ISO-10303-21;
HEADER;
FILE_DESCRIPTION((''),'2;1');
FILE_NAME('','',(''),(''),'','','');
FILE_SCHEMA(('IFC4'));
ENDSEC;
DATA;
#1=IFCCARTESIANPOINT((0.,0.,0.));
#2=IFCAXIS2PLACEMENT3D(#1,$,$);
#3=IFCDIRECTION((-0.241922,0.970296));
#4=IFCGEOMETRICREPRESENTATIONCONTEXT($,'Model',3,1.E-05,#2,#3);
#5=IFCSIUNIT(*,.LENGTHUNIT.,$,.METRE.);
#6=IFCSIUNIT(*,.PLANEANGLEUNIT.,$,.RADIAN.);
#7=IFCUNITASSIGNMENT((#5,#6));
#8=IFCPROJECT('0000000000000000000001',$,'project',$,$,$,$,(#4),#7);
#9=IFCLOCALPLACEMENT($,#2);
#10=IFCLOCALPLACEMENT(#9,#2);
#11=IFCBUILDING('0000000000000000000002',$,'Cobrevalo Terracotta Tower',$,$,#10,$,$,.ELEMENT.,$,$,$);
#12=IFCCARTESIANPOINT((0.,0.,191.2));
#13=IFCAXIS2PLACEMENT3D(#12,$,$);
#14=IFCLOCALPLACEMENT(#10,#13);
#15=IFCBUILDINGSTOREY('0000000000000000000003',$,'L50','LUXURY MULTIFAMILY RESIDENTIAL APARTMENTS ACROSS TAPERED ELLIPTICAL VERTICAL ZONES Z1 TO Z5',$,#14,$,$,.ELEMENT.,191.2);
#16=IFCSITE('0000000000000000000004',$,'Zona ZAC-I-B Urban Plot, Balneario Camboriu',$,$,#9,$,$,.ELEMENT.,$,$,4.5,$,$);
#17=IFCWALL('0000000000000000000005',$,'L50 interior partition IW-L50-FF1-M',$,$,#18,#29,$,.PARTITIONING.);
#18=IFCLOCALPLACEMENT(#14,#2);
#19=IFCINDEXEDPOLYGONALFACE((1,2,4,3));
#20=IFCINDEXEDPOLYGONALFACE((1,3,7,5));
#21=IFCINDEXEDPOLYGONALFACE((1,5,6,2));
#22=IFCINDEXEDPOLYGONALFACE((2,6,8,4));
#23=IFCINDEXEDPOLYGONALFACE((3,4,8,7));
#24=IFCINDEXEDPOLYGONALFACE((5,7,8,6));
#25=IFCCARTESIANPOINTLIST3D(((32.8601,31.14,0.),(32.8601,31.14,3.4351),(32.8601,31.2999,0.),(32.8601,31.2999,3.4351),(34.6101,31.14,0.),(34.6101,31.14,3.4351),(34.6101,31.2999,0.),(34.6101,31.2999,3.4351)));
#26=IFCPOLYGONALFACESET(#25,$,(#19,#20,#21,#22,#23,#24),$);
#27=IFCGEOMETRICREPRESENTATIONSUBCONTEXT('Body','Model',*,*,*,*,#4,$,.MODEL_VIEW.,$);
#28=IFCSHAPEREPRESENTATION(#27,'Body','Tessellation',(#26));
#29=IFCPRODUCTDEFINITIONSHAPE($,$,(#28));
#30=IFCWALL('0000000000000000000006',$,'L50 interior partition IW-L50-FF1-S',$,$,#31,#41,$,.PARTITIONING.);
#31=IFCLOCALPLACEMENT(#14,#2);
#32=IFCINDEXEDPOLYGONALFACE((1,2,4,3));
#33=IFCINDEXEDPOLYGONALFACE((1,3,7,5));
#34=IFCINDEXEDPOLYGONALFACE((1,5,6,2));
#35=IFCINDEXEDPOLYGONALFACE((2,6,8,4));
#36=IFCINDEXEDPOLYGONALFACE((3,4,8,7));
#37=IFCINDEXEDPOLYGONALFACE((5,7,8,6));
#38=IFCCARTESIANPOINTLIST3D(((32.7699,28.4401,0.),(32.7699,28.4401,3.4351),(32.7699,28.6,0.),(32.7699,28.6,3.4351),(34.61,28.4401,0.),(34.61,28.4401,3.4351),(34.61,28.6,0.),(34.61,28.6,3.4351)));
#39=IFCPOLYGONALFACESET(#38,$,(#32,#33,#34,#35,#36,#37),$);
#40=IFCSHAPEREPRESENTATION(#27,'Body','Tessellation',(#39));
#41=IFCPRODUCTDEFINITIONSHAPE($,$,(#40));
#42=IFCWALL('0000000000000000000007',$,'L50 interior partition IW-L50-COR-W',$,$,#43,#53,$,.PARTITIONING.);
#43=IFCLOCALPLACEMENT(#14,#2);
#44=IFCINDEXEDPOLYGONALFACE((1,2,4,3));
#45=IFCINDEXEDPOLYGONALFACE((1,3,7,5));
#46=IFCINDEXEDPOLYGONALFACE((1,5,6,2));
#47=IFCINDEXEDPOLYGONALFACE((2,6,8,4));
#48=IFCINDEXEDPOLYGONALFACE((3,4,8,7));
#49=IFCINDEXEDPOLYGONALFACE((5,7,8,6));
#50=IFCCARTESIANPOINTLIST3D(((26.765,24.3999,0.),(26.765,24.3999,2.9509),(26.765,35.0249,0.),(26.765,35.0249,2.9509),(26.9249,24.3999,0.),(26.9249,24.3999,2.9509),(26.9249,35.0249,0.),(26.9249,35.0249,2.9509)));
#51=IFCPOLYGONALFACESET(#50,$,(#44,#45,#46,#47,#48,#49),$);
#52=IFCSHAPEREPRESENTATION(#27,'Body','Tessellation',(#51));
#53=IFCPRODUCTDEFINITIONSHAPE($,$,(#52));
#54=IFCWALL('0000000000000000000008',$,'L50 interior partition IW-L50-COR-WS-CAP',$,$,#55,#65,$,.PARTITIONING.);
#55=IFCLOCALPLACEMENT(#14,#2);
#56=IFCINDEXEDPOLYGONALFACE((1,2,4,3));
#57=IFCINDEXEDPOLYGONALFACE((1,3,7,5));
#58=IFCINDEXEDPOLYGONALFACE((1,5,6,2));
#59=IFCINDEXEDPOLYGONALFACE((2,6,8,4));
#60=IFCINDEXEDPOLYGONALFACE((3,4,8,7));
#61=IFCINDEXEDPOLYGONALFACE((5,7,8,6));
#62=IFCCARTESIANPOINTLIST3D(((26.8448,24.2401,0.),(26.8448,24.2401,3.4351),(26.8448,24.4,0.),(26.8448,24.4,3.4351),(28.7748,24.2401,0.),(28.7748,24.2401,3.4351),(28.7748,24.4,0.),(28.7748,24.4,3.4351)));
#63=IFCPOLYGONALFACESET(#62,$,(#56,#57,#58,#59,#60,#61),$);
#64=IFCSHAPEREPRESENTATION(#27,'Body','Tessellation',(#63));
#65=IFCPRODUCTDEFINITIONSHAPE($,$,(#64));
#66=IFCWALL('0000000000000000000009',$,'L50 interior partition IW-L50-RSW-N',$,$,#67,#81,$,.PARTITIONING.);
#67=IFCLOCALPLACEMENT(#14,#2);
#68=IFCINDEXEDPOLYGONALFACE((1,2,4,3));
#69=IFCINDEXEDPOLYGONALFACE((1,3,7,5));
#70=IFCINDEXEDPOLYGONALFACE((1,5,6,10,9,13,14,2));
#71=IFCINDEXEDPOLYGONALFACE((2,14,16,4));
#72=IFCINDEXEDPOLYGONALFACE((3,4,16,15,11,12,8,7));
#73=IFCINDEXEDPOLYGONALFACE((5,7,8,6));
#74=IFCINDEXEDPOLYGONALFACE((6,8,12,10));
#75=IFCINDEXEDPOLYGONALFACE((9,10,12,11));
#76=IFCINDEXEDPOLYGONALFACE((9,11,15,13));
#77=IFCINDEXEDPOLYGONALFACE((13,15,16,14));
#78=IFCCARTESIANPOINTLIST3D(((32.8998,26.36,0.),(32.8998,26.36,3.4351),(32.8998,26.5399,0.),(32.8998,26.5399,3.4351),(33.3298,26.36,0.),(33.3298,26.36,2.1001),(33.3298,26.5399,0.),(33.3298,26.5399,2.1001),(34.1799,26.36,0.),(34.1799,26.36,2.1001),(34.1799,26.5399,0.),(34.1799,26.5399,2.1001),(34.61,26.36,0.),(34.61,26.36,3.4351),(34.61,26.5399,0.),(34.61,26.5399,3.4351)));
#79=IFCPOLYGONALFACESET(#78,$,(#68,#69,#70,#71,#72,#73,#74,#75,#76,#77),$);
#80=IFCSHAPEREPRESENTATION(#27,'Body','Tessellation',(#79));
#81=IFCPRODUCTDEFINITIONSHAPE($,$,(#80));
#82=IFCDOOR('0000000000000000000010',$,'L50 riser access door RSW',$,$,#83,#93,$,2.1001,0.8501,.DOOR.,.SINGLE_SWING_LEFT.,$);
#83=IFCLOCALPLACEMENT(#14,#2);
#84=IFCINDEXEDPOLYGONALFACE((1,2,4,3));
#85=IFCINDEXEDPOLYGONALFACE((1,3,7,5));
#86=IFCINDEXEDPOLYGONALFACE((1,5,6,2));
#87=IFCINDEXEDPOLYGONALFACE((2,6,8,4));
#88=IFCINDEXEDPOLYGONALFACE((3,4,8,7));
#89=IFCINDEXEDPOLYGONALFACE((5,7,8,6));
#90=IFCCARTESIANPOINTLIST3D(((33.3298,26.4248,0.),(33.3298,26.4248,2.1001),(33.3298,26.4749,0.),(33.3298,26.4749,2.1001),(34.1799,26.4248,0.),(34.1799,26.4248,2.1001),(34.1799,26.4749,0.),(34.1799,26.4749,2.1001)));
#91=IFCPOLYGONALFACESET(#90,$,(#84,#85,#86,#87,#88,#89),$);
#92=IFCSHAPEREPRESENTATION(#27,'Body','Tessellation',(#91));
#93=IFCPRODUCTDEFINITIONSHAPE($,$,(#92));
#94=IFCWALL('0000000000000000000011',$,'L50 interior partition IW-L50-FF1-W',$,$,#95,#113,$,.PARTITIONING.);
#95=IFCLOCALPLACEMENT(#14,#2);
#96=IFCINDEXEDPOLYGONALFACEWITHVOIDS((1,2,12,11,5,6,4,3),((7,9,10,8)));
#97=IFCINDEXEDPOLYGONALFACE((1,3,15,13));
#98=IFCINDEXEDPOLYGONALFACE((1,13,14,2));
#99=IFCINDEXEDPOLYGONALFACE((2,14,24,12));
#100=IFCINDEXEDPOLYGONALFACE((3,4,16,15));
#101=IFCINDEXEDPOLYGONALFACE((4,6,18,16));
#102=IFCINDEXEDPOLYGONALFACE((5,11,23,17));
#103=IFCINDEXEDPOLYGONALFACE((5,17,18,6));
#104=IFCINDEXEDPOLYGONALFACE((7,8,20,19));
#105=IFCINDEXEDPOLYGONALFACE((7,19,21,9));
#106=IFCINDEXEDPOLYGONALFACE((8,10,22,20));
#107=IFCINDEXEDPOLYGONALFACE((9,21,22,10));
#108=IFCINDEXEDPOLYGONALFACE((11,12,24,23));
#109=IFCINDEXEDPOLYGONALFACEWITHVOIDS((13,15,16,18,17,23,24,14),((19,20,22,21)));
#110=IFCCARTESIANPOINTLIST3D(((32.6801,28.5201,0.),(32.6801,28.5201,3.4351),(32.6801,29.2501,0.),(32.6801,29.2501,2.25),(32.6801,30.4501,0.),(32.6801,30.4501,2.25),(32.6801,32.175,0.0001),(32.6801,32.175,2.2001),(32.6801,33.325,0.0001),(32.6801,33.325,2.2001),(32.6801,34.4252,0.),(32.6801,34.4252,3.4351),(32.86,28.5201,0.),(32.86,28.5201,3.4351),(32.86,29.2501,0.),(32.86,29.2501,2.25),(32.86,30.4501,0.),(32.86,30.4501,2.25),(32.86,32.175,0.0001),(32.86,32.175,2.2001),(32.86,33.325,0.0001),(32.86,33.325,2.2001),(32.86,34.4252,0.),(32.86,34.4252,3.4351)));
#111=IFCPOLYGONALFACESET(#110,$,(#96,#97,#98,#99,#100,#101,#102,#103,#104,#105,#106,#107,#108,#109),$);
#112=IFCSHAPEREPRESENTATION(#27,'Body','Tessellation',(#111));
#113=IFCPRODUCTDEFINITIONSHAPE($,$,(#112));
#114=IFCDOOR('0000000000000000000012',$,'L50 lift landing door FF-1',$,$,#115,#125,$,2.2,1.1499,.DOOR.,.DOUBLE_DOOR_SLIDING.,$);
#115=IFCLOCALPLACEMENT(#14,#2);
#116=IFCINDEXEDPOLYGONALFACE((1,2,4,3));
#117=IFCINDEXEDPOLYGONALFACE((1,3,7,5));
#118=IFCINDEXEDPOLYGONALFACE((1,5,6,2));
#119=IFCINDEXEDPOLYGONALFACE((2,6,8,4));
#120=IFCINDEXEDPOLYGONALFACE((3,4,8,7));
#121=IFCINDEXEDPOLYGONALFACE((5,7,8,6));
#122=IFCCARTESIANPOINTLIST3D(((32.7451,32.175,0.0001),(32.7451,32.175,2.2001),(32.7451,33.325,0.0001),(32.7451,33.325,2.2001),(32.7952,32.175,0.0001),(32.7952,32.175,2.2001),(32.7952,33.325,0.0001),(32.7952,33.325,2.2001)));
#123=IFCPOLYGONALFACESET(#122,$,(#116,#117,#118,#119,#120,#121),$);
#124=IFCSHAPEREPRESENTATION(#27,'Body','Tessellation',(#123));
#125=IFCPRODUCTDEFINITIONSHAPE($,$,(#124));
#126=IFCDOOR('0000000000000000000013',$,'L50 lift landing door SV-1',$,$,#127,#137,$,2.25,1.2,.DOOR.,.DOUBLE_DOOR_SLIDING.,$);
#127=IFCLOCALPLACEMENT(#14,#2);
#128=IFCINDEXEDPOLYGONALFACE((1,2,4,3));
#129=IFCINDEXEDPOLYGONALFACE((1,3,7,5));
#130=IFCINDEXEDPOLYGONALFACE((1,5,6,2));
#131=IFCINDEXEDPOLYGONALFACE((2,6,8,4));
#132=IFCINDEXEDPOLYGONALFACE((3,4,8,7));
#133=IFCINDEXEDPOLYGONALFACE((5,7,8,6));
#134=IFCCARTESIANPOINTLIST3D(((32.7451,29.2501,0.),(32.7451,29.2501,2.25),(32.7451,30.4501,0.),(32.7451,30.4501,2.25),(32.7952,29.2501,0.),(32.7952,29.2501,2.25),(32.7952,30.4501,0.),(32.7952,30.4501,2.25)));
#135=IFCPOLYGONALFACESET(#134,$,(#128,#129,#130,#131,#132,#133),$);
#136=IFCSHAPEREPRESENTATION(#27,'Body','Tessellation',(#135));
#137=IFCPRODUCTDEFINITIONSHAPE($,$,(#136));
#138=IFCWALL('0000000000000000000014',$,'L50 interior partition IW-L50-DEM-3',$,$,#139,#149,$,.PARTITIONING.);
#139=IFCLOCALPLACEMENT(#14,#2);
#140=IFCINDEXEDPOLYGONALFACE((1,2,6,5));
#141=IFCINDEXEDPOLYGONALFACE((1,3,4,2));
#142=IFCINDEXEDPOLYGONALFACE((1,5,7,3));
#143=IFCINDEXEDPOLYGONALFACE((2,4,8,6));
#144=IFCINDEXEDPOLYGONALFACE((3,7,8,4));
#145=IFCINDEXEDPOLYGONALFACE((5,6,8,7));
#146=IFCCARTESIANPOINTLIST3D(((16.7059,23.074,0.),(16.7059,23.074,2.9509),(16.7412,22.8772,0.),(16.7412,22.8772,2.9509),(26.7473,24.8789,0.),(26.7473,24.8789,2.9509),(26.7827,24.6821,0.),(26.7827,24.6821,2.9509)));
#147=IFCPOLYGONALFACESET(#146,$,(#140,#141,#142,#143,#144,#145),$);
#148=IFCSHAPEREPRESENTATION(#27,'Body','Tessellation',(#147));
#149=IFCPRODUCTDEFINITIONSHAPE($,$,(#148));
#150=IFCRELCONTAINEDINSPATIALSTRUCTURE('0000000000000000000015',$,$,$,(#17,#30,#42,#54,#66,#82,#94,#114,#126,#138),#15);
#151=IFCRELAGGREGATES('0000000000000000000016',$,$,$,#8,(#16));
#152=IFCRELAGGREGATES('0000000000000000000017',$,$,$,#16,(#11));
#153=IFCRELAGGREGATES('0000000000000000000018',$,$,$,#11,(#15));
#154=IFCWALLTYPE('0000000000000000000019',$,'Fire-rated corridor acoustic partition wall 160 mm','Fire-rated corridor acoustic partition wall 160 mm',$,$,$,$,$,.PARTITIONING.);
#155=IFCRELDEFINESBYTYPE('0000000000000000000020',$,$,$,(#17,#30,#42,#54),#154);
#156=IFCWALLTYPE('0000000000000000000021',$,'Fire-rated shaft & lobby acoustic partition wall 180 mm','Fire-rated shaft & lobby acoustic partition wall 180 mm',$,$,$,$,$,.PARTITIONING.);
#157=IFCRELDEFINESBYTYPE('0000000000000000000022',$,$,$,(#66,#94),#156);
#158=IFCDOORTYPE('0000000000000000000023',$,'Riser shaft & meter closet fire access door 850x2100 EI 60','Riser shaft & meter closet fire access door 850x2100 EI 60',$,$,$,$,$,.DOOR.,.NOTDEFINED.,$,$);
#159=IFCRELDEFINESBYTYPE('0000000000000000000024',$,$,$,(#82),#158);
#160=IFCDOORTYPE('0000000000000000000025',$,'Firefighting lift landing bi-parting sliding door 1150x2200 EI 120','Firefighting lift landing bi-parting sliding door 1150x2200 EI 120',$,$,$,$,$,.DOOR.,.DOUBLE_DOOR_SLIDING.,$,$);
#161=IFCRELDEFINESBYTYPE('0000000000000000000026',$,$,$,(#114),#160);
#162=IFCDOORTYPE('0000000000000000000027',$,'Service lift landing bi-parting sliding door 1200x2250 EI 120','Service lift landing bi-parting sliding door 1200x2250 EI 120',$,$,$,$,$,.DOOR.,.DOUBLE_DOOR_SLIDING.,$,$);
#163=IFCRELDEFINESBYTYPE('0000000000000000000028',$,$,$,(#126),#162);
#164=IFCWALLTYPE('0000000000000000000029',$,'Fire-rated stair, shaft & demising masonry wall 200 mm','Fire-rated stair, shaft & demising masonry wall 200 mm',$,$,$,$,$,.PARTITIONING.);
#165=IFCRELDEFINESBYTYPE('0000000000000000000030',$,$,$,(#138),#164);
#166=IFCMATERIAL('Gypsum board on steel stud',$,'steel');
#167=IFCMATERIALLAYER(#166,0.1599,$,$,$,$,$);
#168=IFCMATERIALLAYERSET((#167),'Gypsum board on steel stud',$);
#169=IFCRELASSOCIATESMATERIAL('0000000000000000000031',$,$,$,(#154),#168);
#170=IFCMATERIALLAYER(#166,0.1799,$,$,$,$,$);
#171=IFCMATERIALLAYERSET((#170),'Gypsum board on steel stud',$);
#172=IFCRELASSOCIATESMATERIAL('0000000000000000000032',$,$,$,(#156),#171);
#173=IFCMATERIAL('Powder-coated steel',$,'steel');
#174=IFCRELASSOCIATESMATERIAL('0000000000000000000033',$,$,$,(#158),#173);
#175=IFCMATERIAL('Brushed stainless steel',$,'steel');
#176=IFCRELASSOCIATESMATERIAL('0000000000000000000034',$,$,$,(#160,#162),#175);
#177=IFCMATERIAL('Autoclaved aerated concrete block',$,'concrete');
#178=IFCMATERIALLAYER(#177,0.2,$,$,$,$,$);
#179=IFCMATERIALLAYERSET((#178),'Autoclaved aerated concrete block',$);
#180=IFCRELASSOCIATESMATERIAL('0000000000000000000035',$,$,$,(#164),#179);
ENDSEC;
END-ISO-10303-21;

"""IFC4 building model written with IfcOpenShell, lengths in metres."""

from ifc_helpers import new_model, si_unit, direction, frame, frame_2d, origin, place, context, subcontext, project, spatial, rectangle, extrude, source, transform, mapped, material, layer, layer_set, type_object, element, fill, save


model = new_model("IFC4")

# Units and contexts
model_context = context("Model", 3, precision=1e-05, world=origin(), true_north=direction((-0.241922, 0.970296)))
body_context = subcontext(model_context, "Body", "Model", "MODEL_VIEW")
ifc_project = project(units=[si_unit("LENGTHUNIT", "METRE"), si_unit("PLANEANGLEUNIT", "RADIAN")], contexts=[model_context])

# Site, building, storey
site_placement = place(None, origin())
site = spatial("IfcSite", under=ifc_project, at=site_placement, Name="Zona ZAC-I-B Urban Plot, Balneario Camboriu", CompositionType="ELEMENT", RefElevation=4.5)
building_placement = place(site_placement, origin())
building = spatial("IfcBuilding", under=site, at=building_placement, Name="Cobrevalo Terracotta Tower", CompositionType="ELEMENT")
storey_placement = place(building_placement, frame((0.0, 0.0, 191.2)))
storey = spatial("IfcBuildingStorey", under=building, at=storey_placement, Name="L50", Description="LUXURY MULTIFAMILY RESIDENTIAL APARTMENTS ACROSS TAPERED ELLIPTICAL VERTICAL ZONES Z1 TO Z5", CompositionType="ELEMENT", Elevation=191.2)

# Walls
ifc_material_1 = material(Name="Gypsum board on steel stud", Category="steel")
ifc_layer_1 = layer(ifc_material_1, 0.1599)
ifc_layer_set_1 = layer_set([ifc_layer_1], Name="Gypsum board on steel stud")
wall_type_1 = type_object("IfcWallType", Name="Fire-rated corridor acoustic partition wall 160 mm", Description="Fire-rated corridor acoustic partition wall 160 mm", PredefinedType="PARTITIONING", material=ifc_layer_set_1)
wall_1_placement = place(storey_placement, frame((32.8601, 31.22, 0.0), z_axis=(0.0, 0.0, 1.0), x_axis=(1.0, 0.0, 0.0)))
element("IfcWall", 1, at=wall_1_placement, inside=storey, type_object=wall_type_1, Name="L50 interior partition IW-L50-FF1-M", PredefinedType="PARTITIONING", context=body_context, shape_type="SweptSolid", body=[
    extrude(rectangle(XDim=1.75, YDim=0.1599, at=frame_2d((0.875, 0.0))), origin(), (0.0, 0.0, 1.0), 3.4351),
])
wall_2_placement = place(storey_placement, frame((32.77, 28.52, 0.0), z_axis=(0.0, 0.0, 1.0), x_axis=(1.0, 0.0, 0.0)))
element("IfcWall", 2, at=wall_2_placement, inside=storey, type_object=wall_type_1, Name="L50 interior partition IW-L50-FF1-S", PredefinedType="PARTITIONING", context=body_context, shape_type="SweptSolid", body=[
    extrude(rectangle(XDim=1.8401, YDim=0.1599, at=frame_2d((0.9199, 0.0))), origin(), (0.0, 0.0, 1.0), 3.4351),
])
wall_3_placement = place(storey_placement, frame((26.845, 24.3999, 0.0), z_axis=(0.0, 0.0, 1.0), x_axis=(0.0, 1.0, 0.0)))
element("IfcWall", 3, at=wall_3_placement, inside=storey, type_object=wall_type_1, Name="L50 interior partition IW-L50-COR-W", PredefinedType="PARTITIONING", context=body_context, shape_type="SweptSolid", body=[
    extrude(rectangle(XDim=10.625, YDim=0.1599, at=frame_2d((5.3125, 0.0))), origin(), (0.0, 0.0, 1.0), 2.9509),
])
wall_4_placement = place(storey_placement, frame((26.845, 24.3201, 0.0), z_axis=(0.0, 0.0, 1.0), x_axis=(1.0, 0.0, 0.0)))
element("IfcWall", 4, at=wall_4_placement, inside=storey, type_object=wall_type_1, Name="L50 interior partition IW-L50-COR-WS-CAP", PredefinedType="PARTITIONING", context=body_context, shape_type="SweptSolid", body=[
    extrude(rectangle(XDim=1.9299, YDim=0.1599, at=frame_2d((0.9648, 0.0))), origin(), (0.0, 0.0, 1.0), 3.4351),
])

# Wall, opening, door
ifc_layer_2 = layer(ifc_material_1, 0.1799)
ifc_layer_set_2 = layer_set([ifc_layer_2], Name="Gypsum board on steel stud")
wall_type_2 = type_object("IfcWallType", Name="Fire-rated shaft & lobby acoustic partition wall 180 mm", Description="Fire-rated shaft & lobby acoustic partition wall 180 mm", PredefinedType="PARTITIONING", material=ifc_layer_set_2)
wall_5_placement = place(storey_placement, frame((32.8999, 26.45, 0.0), z_axis=(0.0, 0.0, 1.0), x_axis=(1.0, 0.0, 0.0)))
wall_5 = element("IfcWall", 5, at=wall_5_placement, inside=storey, type_object=wall_type_2, Name="L50 interior partition IW-L50-RSW-N", PredefinedType="PARTITIONING", context=body_context, shape_type="SweptSolid", body=[
    extrude(rectangle(XDim=1.7102, YDim=0.1799, at=frame_2d((0.855, 0.0))), origin(), (0.0, 0.0, 1.0), 3.4351),
])
opening_1_placement = place(wall_5_placement, frame((0.4299, 0.0, 0.0)))
opening_1 = element("IfcOpeningElement", 6, at=opening_1_placement, cuts=wall_5, PredefinedType="OPENING", context=body_context, shape_type="SweptSolid", body=[
    extrude(rectangle(XDim=0.8501, YDim=2.1001, at=frame_2d((0.425, 1.05))), frame((0.0, 0.1001, 0.0), z_axis=(0.0, -1.0, 0.0), x_axis=(1.0, 0.0, 0.0)), (0.0, 0.0, 1.0), 0.2),
])
ifc_material_2 = material(Name="Powder-coated steel", Category="steel")
door_type_1 = type_object("IfcDoorType", Name="Riser shaft & meter closet fire access door 850x2100 EI 60", Description="Riser shaft & meter closet fire access door 850x2100 EI 60", OperationType="NOTDEFINED", PredefinedType="DOOR", material=ifc_material_2)
shared_shape_1 = source(origin(), body_context, "Body", "SweptSolid", [
    extrude(rectangle(XDim=0.8501, YDim=2.1001, at=frame_2d((0.425, 1.05))), frame((0.0, 0.0249, 0.0), z_axis=(0.0, -1.0, 0.0), x_axis=(1.0, 0.0, 0.0)), (0.0, 0.0, 1.0), 0.05),
])
door_1_placement = place(opening_1_placement, origin())
door_1 = element("IfcDoor", 7, at=door_1_placement, inside=storey, type_object=door_type_1, Name="L50 riser access door RSW", OperationType="SINGLE_SWING_LEFT", OverallHeight=2.1001, OverallWidth=0.8501, PredefinedType="DOOR", context=body_context, shape_type="MappedRepresentation", body=[
    mapped(shared_shape_1, transform((0.0, 0.0, 0.0), scale=1.0)),
])
fill(opening_1, door_1)

# Wall, openings, doors
wall_6_placement = place(storey_placement, frame((32.77, 28.52, 0.0), z_axis=(0.0, 0.0, 1.0), x_axis=(0.0, 1.0, 0.0)))
wall_6 = element("IfcWall", 8, at=wall_6_placement, inside=storey, type_object=wall_type_2, Name="L50 interior partition IW-L50-FF1-W", PredefinedType="PARTITIONING", context=body_context, shape_type="SweptSolid", body=[
    extrude(rectangle(XDim=5.905, YDim=0.1799, at=frame_2d((2.9526, 0.0))), origin(), (0.0, 0.0, 1.0), 3.4351),
])
opening_2_placement = place(wall_6_placement, frame((3.655, 0.0, 0.0)))
opening_2 = element("IfcOpeningElement", 9, at=opening_2_placement, cuts=wall_6, PredefinedType="OPENING", context=body_context, shape_type="SweptSolid", body=[
    extrude(rectangle(XDim=1.1499, YDim=2.2, at=frame_2d((0.575, 1.1001))), frame((0.0, 0.1001, 0.0), z_axis=(0.0, -1.0, 0.0), x_axis=(1.0, 0.0, 0.0)), (0.0, 0.0, 1.0), 0.2),
])
opening_3_placement = place(wall_6_placement, frame((0.73, 0.0, 0.0)))
opening_3 = element("IfcOpeningElement", 10, at=opening_3_placement, cuts=wall_6, PredefinedType="OPENING", context=body_context, shape_type="SweptSolid", body=[
    extrude(rectangle(XDim=1.2, YDim=2.25, at=frame_2d((0.6001, 1.125))), frame((0.0, 0.1001, 0.0), z_axis=(0.0, -1.0, 0.0), x_axis=(1.0, 0.0, 0.0)), (0.0, 0.0, 1.0), 0.2),
])
ifc_material_3 = material(Name="Brushed stainless steel", Category="steel")
door_type_2 = type_object("IfcDoorType", Name="Firefighting lift landing bi-parting sliding door 1150x2200 EI 120", Description="Firefighting lift landing bi-parting sliding door 1150x2200 EI 120", OperationType="DOUBLE_DOOR_SLIDING", PredefinedType="DOOR", material=ifc_material_3)
shared_shape_2 = source(origin(), body_context, "Body", "SweptSolid", [
    extrude(rectangle(XDim=1.1499, YDim=2.2, at=frame_2d((0.575, 1.1001))), frame((0.0, 0.0249, 0.0), z_axis=(0.0, -1.0, 0.0), x_axis=(1.0, 0.0, 0.0)), (0.0, 0.0, 1.0), 0.05),
])
door_2_placement = place(opening_2_placement, origin())
door_2 = element("IfcDoor", 11, at=door_2_placement, inside=storey, type_object=door_type_2, Name="L50 lift landing door FF-1", OperationType="DOUBLE_DOOR_SLIDING", OverallHeight=2.2, OverallWidth=1.1499, PredefinedType="DOOR", context=body_context, shape_type="MappedRepresentation", body=[
    mapped(shared_shape_2, transform((0.0, 0.0, 0.0), scale=1.0)),
])
fill(opening_2, door_2)
door_type_3 = type_object("IfcDoorType", Name="Service lift landing bi-parting sliding door 1200x2250 EI 120", Description="Service lift landing bi-parting sliding door 1200x2250 EI 120", OperationType="DOUBLE_DOOR_SLIDING", PredefinedType="DOOR", material=ifc_material_3)
shared_shape_3 = source(origin(), body_context, "Body", "SweptSolid", [
    extrude(rectangle(XDim=1.2, YDim=2.25, at=frame_2d((0.6001, 1.125))), frame((0.0, 0.0249, 0.0), z_axis=(0.0, -1.0, 0.0), x_axis=(1.0, 0.0, 0.0)), (0.0, 0.0, 1.0), 0.05),
])
door_3_placement = place(opening_3_placement, origin())
door_3 = element("IfcDoor", 12, at=door_3_placement, inside=storey, type_object=door_type_3, Name="L50 lift landing door SV-1", OperationType="DOUBLE_DOOR_SLIDING", OverallHeight=2.25, OverallWidth=1.2, PredefinedType="DOOR", context=body_context, shape_type="MappedRepresentation", body=[
    mapped(shared_shape_3, transform((0.0, 0.0, 0.0), scale=1.0)),
])
fill(opening_3, door_3)

# Wall
ifc_material_4 = material(Name="Autoclaved aerated concrete block", Category="concrete")
ifc_layer_3 = layer(ifc_material_4, 0.2)
ifc_layer_set_3 = layer_set([ifc_layer_3], Name="Autoclaved aerated concrete block")
wall_type_3 = type_object("IfcWallType", Name="Fire-rated stair, shaft & demising masonry wall 200 mm", Description="Fire-rated stair, shaft & demising masonry wall 200 mm", PredefinedType="PARTITIONING", material=ifc_layer_set_3)
wall_7_placement = place(storey_placement, frame((26.7649, 24.7805, 0.0), z_axis=(0.0, 0.0, 1.0), x_axis=(-0.984227, -0.176912, 0.0)))
element("IfcWall", 13, at=wall_7_placement, inside=storey, type_object=wall_type_3, Name="L50 interior partition IW-L50-DEM-3", PredefinedType="PARTITIONING", context=body_context, shape_type="SweptSolid", body=[
    extrude(rectangle(XDim=10.2024, YDim=0.2, at=frame_2d((5.1011, 0.0))), origin(), (0.0, 0.0, 1.0), 2.9509),
])

save(model, "model.ifc")
